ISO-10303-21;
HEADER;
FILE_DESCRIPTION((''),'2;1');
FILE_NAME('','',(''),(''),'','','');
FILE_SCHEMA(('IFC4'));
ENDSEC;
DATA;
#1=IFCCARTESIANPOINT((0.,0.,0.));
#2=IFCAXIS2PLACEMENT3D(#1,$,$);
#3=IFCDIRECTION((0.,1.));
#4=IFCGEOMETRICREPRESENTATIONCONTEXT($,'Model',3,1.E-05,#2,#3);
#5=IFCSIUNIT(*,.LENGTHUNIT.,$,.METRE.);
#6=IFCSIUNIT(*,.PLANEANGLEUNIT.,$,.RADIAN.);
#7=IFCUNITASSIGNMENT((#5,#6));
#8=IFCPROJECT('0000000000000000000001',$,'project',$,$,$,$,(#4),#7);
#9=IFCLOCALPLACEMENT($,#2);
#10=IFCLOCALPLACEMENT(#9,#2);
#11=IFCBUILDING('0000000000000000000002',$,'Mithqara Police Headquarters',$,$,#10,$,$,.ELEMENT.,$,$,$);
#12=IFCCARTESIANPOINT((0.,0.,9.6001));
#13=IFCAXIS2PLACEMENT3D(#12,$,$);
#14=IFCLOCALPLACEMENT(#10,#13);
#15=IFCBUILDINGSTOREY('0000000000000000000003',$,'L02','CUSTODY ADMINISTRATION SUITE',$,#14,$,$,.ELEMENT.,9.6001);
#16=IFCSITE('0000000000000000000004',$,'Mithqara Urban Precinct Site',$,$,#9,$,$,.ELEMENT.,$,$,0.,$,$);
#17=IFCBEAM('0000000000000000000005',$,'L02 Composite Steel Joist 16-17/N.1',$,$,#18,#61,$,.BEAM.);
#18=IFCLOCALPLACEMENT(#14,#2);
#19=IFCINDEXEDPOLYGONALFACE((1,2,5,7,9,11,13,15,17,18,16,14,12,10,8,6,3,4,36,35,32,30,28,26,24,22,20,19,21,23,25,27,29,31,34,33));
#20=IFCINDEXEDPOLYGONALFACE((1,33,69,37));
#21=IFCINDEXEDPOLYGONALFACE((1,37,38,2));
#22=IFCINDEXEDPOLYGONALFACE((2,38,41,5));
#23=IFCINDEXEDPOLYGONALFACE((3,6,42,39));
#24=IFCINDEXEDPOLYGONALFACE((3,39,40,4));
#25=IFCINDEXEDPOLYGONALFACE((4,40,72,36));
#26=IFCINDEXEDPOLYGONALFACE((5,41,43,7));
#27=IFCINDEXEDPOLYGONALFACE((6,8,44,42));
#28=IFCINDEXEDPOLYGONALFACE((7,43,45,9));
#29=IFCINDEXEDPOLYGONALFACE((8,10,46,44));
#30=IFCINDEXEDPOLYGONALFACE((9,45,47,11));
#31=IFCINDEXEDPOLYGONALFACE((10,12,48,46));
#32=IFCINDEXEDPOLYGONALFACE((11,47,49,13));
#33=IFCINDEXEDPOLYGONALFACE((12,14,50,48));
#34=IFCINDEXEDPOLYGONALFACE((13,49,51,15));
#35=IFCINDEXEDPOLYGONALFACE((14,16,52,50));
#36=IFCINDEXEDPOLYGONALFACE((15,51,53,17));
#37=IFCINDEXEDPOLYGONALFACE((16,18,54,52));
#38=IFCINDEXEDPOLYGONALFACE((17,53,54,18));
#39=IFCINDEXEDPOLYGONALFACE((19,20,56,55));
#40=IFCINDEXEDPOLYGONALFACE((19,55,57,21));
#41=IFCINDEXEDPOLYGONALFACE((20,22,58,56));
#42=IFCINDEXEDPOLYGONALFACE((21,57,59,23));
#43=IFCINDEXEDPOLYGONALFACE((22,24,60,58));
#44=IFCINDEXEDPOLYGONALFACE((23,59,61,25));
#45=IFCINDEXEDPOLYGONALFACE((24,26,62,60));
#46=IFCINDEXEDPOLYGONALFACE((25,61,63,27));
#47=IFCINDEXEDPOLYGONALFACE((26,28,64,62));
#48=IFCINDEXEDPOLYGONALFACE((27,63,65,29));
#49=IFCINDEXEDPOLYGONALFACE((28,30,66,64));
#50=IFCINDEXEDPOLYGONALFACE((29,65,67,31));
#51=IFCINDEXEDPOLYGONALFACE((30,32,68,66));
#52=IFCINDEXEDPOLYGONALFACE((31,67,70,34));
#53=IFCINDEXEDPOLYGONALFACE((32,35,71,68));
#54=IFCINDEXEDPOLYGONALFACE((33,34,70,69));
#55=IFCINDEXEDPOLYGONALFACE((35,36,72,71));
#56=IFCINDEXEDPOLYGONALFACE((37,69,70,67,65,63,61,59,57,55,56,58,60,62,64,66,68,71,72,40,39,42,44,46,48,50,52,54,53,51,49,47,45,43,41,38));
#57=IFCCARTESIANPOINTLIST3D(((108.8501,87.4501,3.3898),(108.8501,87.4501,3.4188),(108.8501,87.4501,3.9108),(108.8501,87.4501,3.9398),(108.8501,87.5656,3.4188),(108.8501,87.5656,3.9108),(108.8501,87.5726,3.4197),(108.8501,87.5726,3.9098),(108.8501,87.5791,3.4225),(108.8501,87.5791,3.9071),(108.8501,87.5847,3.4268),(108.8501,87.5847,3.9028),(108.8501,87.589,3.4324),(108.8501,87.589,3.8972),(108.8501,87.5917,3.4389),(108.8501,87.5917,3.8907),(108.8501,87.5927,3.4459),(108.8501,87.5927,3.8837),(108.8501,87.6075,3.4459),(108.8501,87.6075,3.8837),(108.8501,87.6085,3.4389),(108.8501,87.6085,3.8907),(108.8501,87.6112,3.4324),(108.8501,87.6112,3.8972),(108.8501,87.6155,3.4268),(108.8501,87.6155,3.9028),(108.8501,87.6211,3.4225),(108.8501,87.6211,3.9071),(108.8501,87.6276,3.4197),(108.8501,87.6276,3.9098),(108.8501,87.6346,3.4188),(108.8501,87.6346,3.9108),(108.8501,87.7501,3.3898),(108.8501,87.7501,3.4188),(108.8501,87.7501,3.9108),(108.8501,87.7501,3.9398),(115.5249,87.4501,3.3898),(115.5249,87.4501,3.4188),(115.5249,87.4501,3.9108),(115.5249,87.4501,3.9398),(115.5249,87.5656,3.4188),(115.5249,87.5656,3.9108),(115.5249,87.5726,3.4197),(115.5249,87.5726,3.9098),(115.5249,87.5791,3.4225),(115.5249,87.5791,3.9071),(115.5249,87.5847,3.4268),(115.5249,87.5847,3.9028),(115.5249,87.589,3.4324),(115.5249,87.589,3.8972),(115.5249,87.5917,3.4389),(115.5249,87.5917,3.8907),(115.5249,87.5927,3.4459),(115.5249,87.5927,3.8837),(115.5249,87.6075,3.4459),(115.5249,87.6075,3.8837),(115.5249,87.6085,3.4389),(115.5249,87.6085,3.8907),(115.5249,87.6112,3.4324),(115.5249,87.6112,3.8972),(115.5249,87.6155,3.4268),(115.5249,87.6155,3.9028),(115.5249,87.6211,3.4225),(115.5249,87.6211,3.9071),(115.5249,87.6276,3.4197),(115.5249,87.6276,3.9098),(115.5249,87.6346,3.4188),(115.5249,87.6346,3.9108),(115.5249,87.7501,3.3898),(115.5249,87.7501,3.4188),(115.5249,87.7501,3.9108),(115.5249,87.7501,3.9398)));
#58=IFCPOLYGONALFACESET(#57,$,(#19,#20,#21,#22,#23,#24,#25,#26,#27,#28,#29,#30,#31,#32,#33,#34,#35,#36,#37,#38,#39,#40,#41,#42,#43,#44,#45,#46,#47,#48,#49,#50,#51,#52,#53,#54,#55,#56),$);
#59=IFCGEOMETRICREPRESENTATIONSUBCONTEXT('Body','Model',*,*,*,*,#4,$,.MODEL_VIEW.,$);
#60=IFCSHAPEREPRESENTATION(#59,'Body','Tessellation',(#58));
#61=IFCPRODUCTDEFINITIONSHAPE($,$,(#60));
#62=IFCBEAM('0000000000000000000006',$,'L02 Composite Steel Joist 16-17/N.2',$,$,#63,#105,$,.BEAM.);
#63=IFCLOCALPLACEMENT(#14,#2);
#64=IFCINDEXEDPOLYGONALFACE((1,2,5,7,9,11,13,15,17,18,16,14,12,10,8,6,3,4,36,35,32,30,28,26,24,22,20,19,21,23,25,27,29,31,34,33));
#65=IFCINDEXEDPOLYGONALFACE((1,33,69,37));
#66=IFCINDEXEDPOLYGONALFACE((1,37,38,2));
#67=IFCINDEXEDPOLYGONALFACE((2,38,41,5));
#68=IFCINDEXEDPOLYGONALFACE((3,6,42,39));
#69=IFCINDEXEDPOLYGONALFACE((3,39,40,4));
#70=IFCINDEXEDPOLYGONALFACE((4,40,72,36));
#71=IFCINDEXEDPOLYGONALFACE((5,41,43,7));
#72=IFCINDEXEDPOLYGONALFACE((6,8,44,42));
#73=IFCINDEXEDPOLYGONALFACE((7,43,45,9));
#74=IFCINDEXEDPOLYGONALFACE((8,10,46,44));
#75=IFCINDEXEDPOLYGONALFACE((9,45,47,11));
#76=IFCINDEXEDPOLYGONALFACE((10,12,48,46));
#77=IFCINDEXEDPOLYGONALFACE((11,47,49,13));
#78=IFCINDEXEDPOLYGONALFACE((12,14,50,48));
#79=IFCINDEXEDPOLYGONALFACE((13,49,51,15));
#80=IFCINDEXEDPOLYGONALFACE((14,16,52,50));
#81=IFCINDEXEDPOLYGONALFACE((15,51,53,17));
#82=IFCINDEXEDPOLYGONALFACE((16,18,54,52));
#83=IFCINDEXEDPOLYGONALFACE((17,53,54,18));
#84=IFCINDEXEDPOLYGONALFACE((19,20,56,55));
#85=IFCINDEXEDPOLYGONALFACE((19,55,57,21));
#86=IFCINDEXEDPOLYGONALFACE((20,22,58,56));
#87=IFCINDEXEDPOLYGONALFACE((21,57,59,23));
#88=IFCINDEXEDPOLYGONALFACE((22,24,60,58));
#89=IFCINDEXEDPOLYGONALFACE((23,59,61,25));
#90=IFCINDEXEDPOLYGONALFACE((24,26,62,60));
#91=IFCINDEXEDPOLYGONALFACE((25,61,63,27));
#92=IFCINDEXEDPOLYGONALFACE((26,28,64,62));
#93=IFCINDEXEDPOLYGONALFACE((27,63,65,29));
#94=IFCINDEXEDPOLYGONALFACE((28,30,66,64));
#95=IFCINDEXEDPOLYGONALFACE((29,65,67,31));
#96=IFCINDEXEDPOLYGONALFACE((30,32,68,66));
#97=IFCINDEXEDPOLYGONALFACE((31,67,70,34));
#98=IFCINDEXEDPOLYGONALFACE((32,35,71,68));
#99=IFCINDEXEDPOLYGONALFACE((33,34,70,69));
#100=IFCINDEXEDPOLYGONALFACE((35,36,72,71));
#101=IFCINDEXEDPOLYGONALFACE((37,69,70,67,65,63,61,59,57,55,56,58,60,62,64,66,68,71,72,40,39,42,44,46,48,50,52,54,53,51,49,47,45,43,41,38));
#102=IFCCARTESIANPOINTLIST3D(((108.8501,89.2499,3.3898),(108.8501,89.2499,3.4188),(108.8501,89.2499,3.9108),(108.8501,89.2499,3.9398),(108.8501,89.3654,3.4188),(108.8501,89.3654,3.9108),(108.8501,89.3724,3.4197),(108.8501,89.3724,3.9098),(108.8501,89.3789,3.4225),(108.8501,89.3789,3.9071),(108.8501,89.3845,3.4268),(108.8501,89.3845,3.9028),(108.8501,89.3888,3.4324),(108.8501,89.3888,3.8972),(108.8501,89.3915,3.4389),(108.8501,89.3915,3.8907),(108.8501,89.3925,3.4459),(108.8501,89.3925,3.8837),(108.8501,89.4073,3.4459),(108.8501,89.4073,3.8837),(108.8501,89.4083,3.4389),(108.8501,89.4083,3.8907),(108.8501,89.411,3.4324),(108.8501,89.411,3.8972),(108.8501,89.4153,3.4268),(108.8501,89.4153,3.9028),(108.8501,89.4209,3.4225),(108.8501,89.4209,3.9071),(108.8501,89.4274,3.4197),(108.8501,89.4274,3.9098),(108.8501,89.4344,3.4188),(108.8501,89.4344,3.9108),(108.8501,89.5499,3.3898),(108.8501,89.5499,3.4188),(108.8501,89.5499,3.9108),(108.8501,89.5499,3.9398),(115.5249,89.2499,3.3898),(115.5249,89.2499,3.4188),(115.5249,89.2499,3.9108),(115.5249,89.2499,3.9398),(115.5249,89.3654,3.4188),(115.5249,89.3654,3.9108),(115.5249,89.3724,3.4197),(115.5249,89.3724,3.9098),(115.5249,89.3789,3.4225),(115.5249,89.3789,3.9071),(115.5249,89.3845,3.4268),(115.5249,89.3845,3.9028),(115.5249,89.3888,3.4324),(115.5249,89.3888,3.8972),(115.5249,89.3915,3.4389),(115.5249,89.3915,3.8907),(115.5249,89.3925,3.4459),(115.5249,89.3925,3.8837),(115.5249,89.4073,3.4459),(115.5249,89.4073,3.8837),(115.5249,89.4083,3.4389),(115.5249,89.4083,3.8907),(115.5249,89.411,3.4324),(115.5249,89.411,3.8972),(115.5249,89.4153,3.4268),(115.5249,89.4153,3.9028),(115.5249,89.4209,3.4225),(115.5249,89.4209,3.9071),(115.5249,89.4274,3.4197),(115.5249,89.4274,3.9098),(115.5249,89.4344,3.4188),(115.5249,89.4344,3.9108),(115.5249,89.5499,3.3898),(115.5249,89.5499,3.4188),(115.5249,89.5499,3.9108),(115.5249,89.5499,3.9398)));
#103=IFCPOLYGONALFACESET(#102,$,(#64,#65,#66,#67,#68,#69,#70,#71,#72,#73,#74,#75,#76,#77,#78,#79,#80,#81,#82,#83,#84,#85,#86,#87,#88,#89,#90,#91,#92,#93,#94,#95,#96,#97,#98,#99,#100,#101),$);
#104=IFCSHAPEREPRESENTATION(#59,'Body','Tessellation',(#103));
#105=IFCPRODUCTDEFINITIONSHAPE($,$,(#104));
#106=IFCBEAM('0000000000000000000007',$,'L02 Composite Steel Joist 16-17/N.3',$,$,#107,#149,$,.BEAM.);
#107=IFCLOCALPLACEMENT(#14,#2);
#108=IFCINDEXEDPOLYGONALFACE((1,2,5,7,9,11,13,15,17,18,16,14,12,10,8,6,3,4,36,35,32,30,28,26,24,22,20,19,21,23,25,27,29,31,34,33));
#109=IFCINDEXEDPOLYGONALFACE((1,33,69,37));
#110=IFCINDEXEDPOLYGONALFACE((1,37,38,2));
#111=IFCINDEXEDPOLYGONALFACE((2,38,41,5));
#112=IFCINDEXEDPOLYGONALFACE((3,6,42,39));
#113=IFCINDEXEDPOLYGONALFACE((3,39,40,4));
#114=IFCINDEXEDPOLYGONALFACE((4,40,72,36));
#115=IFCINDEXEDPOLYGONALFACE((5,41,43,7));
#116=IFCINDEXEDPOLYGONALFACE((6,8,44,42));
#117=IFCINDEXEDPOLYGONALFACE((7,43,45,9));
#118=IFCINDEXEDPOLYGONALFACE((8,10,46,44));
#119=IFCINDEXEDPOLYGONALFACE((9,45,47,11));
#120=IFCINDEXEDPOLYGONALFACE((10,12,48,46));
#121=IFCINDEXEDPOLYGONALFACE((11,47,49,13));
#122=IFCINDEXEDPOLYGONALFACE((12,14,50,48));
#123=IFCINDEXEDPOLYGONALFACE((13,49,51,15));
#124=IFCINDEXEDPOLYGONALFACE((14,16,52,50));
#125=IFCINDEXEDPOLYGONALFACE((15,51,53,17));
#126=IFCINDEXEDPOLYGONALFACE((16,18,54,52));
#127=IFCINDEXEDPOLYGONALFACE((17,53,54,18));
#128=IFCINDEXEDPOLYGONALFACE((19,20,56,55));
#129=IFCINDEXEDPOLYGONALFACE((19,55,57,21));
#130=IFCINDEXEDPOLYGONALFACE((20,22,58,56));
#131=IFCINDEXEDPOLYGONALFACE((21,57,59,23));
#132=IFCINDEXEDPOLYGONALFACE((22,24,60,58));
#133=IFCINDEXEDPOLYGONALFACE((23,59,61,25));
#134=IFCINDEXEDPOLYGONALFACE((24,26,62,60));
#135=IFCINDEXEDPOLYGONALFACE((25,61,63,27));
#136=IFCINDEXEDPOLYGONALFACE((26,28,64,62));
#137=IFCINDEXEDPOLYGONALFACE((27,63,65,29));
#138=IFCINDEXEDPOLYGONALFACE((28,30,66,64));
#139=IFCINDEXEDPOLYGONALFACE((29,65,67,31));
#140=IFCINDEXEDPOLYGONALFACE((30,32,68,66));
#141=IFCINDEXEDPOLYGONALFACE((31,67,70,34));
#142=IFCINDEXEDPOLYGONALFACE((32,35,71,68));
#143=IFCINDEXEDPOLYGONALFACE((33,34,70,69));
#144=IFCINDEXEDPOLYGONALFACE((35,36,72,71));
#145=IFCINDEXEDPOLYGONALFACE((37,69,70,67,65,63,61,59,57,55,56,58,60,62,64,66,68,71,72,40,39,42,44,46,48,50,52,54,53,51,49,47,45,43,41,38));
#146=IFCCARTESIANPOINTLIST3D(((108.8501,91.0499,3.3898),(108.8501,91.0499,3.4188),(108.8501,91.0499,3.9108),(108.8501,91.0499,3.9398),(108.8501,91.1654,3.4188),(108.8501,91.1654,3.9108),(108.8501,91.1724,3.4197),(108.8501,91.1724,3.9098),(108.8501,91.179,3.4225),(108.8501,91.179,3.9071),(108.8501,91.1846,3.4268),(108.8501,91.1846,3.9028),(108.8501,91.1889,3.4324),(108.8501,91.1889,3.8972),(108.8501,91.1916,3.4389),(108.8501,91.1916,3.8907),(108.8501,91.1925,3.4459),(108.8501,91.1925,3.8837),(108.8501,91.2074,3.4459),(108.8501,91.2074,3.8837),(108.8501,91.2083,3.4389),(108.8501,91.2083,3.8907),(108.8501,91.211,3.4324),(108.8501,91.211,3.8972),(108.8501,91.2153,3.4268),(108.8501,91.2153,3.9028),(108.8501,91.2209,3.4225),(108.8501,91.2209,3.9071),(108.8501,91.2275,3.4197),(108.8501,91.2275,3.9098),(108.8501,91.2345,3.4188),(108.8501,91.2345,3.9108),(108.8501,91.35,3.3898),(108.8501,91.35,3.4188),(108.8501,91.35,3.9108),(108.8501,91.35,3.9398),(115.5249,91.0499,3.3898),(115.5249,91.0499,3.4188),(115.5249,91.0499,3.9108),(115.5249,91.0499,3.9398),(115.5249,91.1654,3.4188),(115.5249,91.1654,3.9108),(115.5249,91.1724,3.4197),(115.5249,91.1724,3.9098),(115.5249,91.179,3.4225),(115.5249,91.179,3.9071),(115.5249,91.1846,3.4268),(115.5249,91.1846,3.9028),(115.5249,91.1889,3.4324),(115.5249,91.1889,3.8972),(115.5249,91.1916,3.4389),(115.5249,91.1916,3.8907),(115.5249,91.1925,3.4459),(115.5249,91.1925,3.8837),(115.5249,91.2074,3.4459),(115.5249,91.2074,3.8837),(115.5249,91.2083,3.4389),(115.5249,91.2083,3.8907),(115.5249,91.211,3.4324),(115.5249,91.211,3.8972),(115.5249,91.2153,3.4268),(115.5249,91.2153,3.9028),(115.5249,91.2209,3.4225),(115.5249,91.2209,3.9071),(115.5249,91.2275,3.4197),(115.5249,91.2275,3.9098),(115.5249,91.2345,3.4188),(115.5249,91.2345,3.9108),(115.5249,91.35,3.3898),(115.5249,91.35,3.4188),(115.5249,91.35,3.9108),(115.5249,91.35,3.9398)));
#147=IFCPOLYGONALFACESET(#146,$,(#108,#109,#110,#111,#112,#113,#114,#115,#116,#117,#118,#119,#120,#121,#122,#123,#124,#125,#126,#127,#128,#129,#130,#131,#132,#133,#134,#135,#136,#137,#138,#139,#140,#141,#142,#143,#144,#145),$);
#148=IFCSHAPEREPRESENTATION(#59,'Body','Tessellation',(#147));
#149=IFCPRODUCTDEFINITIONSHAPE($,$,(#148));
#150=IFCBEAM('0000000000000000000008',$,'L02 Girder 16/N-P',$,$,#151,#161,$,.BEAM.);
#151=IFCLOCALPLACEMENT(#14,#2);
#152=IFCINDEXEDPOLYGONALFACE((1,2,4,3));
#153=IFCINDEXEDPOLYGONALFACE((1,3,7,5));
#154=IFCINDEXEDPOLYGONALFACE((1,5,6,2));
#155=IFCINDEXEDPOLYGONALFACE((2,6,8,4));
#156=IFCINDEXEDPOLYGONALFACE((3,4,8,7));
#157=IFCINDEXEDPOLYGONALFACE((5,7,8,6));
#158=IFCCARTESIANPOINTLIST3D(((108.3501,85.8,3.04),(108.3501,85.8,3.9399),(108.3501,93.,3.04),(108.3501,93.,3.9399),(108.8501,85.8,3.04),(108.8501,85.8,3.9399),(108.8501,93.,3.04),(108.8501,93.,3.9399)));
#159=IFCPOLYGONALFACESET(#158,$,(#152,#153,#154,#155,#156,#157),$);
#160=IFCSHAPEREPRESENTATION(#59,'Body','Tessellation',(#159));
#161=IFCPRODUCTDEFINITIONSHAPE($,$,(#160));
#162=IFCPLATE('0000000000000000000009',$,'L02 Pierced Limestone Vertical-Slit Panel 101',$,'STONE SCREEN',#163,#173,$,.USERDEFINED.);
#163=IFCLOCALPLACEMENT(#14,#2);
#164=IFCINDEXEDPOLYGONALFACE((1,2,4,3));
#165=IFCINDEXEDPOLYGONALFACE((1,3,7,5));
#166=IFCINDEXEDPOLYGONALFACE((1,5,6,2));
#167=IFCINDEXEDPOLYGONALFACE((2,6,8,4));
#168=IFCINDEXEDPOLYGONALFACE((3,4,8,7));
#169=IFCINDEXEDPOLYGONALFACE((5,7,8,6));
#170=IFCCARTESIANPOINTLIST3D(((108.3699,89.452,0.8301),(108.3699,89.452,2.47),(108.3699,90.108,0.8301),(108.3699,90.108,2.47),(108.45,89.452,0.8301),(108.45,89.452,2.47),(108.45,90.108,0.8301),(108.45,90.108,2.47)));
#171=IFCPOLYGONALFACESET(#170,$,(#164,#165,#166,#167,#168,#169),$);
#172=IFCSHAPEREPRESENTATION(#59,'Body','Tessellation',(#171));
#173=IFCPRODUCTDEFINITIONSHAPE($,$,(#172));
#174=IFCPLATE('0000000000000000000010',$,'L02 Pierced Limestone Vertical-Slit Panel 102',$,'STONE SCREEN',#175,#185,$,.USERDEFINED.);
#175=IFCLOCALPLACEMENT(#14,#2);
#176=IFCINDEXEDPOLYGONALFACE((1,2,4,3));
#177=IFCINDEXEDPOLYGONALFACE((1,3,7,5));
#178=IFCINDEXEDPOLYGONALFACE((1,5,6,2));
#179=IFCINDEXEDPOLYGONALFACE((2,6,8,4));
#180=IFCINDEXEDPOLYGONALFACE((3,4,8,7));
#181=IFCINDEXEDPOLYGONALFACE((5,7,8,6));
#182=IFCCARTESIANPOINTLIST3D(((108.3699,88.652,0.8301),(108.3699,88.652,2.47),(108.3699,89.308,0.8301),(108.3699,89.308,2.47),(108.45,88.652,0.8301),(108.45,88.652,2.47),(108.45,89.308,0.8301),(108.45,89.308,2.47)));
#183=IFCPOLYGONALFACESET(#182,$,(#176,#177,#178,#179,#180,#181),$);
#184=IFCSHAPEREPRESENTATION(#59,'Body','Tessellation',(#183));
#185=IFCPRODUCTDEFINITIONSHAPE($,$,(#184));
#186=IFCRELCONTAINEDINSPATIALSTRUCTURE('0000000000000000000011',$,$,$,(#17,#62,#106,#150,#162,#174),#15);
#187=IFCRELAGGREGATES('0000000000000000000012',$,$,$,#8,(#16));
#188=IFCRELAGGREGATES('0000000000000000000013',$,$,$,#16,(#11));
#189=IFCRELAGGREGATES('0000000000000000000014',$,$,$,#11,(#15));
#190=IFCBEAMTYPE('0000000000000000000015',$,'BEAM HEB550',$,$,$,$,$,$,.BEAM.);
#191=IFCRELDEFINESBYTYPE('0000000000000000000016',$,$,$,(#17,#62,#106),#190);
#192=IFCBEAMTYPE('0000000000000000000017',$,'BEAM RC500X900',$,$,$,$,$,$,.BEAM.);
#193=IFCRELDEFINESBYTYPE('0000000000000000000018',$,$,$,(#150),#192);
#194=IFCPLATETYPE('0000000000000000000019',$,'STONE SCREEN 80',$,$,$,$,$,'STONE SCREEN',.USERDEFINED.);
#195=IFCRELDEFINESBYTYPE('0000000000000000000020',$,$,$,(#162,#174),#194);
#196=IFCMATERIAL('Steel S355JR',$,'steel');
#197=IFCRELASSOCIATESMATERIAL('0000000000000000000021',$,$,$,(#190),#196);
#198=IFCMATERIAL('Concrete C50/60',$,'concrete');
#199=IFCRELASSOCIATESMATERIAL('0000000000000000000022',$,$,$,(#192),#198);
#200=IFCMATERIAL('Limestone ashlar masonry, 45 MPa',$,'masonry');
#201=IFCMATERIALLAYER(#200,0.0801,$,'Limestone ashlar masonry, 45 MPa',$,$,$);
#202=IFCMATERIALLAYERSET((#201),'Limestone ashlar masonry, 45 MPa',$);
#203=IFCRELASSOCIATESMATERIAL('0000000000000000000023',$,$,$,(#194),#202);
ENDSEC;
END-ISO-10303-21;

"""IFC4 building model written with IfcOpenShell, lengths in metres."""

from ifc_helpers import new_model, si_unit, direction, frame, origin, origin_2d, place, context, subcontext, project, spatial, rectangle, i_section, extrude, material, layer, layer_set, material_profile, profile_set, type_object, element, save


model = new_model("IFC4")

# Units and contexts
model_context = context("Model", 3, precision=1e-05, world=origin(), true_north=direction((0.0, 1.0)))
body_context = subcontext(model_context, "Body", "Model", "MODEL_VIEW")
ifc_project = project(units=[si_unit("LENGTHUNIT", "METRE"), si_unit("PLANEANGLEUNIT", "RADIAN")], contexts=[model_context])

# Site, building, storey
site_placement = place(None, origin())
site = spatial("IfcSite", under=ifc_project, at=site_placement, Name="Mithqara Urban Precinct Site", CompositionType="ELEMENT", RefElevation=0.0)
building_placement = place(site_placement, origin())
building = spatial("IfcBuilding", under=site, at=building_placement, Name="Mithqara Police Headquarters", CompositionType="ELEMENT")
storey_placement = place(building_placement, frame((0.0, 0.0, 9.6001)))
storey = spatial("IfcBuildingStorey", under=building, at=storey_placement, Name="L02", Description="CUSTODY ADMINISTRATION SUITE", CompositionType="ELEMENT", Elevation=9.6001)

# Beams
ifc_material_1 = material(Name="Steel S355JR", Category="steel")
ifc_material_profile_1 = material_profile(ifc_material_1, i_section(OverallWidth=0.3, OverallDepth=0.55, WebThickness=0.0149, FlangeThickness=0.0291, FilletRadius=0.0271, at=origin_2d()), Name="HEB 550")
ifc_profile_set_1 = profile_set([ifc_material_profile_1], Name="Steel S355JR")
beam_type_1 = type_object("IfcBeamType", Name="BEAM HEB550", PredefinedType="BEAM", material=ifc_profile_set_1)
for number, where, z_axis, x_axis, name in (
    (1, (108.8501, 87.6001, 3.6648), (1.0, 0.0, 0.0), (0.0, 1.0, 0.0), "L02 Composite Steel Joist 16-17/N.1"),
    (2, (108.8501, 89.3999, 3.6648), (1.0, 0.0, 0.0), (0.0, 1.0, 0.0), "L02 Composite Steel Joist 16-17/N.2"),
    (3, (108.8501, 91.2, 3.6648), (1.0, 0.0, 0.0), (0.0, 1.0, 0.0), "L02 Composite Steel Joist 16-17/N.3"),
):
    element("IfcBeam", number, at=place(storey_placement, frame(where, z_axis=z_axis, x_axis=x_axis)), inside=storey, type_object=beam_type_1, Name=name, PredefinedType="BEAM", context=body_context, shape_type="SweptSolid", body=[
        extrude(i_section(OverallWidth=0.3, OverallDepth=0.55, WebThickness=0.0149, FlangeThickness=0.0291, FilletRadius=0.0271, at=origin_2d()), origin(), (0.0, 0.0, 1.0), 6.6748),
    ])
ifc_material_2 = material(Name="Concrete C50/60", Category="concrete")
ifc_material_profile_2 = material_profile(ifc_material_2, rectangle(XDim=0.5, YDim=0.8999, at=origin_2d()), Name="RC 500x900")
ifc_profile_set_2 = profile_set([ifc_material_profile_2], Name="Concrete C50/60")
beam_type_2 = type_object("IfcBeamType", Name="BEAM RC500X900", PredefinedType="BEAM", material=ifc_profile_set_2)
beam_placement = place(storey_placement, frame((108.6001, 85.8, 3.49), z_axis=(0.0, 1.0, 0.0), x_axis=(-1.0, 0.0, 0.0)))
element("IfcBeam", 4, at=beam_placement, inside=storey, type_object=beam_type_2, Name="L02 Girder 16/N-P", PredefinedType="BEAM", context=body_context, shape_type="SweptSolid", body=[
    extrude(rectangle(XDim=0.5, YDim=0.8999, at=origin_2d()), origin(), (0.0, 0.0, 1.0), 7.2),
])

# Plates
ifc_material_3 = material(Name="Limestone ashlar masonry, 45 MPa", Category="masonry")
ifc_layer_1 = layer(ifc_material_3, 0.0801, Name="Limestone ashlar masonry, 45 MPa")
ifc_layer_set_1 = layer_set([ifc_layer_1], Name="Limestone ashlar masonry, 45 MPa")
plate_type = type_object("IfcPlateType", Name="STONE SCREEN 80", ElementType="STONE SCREEN", PredefinedType="USERDEFINED", material=ifc_layer_set_1)
for number, where, z_axis, x_axis, name in (
    (5, (108.4099, 89.78, 0.8301), (0.0, 0.0, 1.0), (0.0, 1.0, 0.0), "L02 Pierced Limestone Vertical-Slit Panel 101"),
    (6, (108.4099, 88.98, 0.8301), (0.0, 0.0, 1.0), (0.0, 1.0, 0.0), "L02 Pierced Limestone Vertical-Slit Panel 102"),
):
    element("IfcPlate", number, at=place(storey_placement, frame(where, z_axis=z_axis, x_axis=x_axis)), inside=storey, type_object=plate_type, Name=name, ObjectType="STONE SCREEN", PredefinedType="USERDEFINED", context=body_context, shape_type="SweptSolid", body=[
        extrude(rectangle(XDim=0.656, YDim=0.0801, at=origin_2d()), origin(), (0.0, 0.0, 1.0), 1.6399),
    ])

save(model, "model.ifc")
